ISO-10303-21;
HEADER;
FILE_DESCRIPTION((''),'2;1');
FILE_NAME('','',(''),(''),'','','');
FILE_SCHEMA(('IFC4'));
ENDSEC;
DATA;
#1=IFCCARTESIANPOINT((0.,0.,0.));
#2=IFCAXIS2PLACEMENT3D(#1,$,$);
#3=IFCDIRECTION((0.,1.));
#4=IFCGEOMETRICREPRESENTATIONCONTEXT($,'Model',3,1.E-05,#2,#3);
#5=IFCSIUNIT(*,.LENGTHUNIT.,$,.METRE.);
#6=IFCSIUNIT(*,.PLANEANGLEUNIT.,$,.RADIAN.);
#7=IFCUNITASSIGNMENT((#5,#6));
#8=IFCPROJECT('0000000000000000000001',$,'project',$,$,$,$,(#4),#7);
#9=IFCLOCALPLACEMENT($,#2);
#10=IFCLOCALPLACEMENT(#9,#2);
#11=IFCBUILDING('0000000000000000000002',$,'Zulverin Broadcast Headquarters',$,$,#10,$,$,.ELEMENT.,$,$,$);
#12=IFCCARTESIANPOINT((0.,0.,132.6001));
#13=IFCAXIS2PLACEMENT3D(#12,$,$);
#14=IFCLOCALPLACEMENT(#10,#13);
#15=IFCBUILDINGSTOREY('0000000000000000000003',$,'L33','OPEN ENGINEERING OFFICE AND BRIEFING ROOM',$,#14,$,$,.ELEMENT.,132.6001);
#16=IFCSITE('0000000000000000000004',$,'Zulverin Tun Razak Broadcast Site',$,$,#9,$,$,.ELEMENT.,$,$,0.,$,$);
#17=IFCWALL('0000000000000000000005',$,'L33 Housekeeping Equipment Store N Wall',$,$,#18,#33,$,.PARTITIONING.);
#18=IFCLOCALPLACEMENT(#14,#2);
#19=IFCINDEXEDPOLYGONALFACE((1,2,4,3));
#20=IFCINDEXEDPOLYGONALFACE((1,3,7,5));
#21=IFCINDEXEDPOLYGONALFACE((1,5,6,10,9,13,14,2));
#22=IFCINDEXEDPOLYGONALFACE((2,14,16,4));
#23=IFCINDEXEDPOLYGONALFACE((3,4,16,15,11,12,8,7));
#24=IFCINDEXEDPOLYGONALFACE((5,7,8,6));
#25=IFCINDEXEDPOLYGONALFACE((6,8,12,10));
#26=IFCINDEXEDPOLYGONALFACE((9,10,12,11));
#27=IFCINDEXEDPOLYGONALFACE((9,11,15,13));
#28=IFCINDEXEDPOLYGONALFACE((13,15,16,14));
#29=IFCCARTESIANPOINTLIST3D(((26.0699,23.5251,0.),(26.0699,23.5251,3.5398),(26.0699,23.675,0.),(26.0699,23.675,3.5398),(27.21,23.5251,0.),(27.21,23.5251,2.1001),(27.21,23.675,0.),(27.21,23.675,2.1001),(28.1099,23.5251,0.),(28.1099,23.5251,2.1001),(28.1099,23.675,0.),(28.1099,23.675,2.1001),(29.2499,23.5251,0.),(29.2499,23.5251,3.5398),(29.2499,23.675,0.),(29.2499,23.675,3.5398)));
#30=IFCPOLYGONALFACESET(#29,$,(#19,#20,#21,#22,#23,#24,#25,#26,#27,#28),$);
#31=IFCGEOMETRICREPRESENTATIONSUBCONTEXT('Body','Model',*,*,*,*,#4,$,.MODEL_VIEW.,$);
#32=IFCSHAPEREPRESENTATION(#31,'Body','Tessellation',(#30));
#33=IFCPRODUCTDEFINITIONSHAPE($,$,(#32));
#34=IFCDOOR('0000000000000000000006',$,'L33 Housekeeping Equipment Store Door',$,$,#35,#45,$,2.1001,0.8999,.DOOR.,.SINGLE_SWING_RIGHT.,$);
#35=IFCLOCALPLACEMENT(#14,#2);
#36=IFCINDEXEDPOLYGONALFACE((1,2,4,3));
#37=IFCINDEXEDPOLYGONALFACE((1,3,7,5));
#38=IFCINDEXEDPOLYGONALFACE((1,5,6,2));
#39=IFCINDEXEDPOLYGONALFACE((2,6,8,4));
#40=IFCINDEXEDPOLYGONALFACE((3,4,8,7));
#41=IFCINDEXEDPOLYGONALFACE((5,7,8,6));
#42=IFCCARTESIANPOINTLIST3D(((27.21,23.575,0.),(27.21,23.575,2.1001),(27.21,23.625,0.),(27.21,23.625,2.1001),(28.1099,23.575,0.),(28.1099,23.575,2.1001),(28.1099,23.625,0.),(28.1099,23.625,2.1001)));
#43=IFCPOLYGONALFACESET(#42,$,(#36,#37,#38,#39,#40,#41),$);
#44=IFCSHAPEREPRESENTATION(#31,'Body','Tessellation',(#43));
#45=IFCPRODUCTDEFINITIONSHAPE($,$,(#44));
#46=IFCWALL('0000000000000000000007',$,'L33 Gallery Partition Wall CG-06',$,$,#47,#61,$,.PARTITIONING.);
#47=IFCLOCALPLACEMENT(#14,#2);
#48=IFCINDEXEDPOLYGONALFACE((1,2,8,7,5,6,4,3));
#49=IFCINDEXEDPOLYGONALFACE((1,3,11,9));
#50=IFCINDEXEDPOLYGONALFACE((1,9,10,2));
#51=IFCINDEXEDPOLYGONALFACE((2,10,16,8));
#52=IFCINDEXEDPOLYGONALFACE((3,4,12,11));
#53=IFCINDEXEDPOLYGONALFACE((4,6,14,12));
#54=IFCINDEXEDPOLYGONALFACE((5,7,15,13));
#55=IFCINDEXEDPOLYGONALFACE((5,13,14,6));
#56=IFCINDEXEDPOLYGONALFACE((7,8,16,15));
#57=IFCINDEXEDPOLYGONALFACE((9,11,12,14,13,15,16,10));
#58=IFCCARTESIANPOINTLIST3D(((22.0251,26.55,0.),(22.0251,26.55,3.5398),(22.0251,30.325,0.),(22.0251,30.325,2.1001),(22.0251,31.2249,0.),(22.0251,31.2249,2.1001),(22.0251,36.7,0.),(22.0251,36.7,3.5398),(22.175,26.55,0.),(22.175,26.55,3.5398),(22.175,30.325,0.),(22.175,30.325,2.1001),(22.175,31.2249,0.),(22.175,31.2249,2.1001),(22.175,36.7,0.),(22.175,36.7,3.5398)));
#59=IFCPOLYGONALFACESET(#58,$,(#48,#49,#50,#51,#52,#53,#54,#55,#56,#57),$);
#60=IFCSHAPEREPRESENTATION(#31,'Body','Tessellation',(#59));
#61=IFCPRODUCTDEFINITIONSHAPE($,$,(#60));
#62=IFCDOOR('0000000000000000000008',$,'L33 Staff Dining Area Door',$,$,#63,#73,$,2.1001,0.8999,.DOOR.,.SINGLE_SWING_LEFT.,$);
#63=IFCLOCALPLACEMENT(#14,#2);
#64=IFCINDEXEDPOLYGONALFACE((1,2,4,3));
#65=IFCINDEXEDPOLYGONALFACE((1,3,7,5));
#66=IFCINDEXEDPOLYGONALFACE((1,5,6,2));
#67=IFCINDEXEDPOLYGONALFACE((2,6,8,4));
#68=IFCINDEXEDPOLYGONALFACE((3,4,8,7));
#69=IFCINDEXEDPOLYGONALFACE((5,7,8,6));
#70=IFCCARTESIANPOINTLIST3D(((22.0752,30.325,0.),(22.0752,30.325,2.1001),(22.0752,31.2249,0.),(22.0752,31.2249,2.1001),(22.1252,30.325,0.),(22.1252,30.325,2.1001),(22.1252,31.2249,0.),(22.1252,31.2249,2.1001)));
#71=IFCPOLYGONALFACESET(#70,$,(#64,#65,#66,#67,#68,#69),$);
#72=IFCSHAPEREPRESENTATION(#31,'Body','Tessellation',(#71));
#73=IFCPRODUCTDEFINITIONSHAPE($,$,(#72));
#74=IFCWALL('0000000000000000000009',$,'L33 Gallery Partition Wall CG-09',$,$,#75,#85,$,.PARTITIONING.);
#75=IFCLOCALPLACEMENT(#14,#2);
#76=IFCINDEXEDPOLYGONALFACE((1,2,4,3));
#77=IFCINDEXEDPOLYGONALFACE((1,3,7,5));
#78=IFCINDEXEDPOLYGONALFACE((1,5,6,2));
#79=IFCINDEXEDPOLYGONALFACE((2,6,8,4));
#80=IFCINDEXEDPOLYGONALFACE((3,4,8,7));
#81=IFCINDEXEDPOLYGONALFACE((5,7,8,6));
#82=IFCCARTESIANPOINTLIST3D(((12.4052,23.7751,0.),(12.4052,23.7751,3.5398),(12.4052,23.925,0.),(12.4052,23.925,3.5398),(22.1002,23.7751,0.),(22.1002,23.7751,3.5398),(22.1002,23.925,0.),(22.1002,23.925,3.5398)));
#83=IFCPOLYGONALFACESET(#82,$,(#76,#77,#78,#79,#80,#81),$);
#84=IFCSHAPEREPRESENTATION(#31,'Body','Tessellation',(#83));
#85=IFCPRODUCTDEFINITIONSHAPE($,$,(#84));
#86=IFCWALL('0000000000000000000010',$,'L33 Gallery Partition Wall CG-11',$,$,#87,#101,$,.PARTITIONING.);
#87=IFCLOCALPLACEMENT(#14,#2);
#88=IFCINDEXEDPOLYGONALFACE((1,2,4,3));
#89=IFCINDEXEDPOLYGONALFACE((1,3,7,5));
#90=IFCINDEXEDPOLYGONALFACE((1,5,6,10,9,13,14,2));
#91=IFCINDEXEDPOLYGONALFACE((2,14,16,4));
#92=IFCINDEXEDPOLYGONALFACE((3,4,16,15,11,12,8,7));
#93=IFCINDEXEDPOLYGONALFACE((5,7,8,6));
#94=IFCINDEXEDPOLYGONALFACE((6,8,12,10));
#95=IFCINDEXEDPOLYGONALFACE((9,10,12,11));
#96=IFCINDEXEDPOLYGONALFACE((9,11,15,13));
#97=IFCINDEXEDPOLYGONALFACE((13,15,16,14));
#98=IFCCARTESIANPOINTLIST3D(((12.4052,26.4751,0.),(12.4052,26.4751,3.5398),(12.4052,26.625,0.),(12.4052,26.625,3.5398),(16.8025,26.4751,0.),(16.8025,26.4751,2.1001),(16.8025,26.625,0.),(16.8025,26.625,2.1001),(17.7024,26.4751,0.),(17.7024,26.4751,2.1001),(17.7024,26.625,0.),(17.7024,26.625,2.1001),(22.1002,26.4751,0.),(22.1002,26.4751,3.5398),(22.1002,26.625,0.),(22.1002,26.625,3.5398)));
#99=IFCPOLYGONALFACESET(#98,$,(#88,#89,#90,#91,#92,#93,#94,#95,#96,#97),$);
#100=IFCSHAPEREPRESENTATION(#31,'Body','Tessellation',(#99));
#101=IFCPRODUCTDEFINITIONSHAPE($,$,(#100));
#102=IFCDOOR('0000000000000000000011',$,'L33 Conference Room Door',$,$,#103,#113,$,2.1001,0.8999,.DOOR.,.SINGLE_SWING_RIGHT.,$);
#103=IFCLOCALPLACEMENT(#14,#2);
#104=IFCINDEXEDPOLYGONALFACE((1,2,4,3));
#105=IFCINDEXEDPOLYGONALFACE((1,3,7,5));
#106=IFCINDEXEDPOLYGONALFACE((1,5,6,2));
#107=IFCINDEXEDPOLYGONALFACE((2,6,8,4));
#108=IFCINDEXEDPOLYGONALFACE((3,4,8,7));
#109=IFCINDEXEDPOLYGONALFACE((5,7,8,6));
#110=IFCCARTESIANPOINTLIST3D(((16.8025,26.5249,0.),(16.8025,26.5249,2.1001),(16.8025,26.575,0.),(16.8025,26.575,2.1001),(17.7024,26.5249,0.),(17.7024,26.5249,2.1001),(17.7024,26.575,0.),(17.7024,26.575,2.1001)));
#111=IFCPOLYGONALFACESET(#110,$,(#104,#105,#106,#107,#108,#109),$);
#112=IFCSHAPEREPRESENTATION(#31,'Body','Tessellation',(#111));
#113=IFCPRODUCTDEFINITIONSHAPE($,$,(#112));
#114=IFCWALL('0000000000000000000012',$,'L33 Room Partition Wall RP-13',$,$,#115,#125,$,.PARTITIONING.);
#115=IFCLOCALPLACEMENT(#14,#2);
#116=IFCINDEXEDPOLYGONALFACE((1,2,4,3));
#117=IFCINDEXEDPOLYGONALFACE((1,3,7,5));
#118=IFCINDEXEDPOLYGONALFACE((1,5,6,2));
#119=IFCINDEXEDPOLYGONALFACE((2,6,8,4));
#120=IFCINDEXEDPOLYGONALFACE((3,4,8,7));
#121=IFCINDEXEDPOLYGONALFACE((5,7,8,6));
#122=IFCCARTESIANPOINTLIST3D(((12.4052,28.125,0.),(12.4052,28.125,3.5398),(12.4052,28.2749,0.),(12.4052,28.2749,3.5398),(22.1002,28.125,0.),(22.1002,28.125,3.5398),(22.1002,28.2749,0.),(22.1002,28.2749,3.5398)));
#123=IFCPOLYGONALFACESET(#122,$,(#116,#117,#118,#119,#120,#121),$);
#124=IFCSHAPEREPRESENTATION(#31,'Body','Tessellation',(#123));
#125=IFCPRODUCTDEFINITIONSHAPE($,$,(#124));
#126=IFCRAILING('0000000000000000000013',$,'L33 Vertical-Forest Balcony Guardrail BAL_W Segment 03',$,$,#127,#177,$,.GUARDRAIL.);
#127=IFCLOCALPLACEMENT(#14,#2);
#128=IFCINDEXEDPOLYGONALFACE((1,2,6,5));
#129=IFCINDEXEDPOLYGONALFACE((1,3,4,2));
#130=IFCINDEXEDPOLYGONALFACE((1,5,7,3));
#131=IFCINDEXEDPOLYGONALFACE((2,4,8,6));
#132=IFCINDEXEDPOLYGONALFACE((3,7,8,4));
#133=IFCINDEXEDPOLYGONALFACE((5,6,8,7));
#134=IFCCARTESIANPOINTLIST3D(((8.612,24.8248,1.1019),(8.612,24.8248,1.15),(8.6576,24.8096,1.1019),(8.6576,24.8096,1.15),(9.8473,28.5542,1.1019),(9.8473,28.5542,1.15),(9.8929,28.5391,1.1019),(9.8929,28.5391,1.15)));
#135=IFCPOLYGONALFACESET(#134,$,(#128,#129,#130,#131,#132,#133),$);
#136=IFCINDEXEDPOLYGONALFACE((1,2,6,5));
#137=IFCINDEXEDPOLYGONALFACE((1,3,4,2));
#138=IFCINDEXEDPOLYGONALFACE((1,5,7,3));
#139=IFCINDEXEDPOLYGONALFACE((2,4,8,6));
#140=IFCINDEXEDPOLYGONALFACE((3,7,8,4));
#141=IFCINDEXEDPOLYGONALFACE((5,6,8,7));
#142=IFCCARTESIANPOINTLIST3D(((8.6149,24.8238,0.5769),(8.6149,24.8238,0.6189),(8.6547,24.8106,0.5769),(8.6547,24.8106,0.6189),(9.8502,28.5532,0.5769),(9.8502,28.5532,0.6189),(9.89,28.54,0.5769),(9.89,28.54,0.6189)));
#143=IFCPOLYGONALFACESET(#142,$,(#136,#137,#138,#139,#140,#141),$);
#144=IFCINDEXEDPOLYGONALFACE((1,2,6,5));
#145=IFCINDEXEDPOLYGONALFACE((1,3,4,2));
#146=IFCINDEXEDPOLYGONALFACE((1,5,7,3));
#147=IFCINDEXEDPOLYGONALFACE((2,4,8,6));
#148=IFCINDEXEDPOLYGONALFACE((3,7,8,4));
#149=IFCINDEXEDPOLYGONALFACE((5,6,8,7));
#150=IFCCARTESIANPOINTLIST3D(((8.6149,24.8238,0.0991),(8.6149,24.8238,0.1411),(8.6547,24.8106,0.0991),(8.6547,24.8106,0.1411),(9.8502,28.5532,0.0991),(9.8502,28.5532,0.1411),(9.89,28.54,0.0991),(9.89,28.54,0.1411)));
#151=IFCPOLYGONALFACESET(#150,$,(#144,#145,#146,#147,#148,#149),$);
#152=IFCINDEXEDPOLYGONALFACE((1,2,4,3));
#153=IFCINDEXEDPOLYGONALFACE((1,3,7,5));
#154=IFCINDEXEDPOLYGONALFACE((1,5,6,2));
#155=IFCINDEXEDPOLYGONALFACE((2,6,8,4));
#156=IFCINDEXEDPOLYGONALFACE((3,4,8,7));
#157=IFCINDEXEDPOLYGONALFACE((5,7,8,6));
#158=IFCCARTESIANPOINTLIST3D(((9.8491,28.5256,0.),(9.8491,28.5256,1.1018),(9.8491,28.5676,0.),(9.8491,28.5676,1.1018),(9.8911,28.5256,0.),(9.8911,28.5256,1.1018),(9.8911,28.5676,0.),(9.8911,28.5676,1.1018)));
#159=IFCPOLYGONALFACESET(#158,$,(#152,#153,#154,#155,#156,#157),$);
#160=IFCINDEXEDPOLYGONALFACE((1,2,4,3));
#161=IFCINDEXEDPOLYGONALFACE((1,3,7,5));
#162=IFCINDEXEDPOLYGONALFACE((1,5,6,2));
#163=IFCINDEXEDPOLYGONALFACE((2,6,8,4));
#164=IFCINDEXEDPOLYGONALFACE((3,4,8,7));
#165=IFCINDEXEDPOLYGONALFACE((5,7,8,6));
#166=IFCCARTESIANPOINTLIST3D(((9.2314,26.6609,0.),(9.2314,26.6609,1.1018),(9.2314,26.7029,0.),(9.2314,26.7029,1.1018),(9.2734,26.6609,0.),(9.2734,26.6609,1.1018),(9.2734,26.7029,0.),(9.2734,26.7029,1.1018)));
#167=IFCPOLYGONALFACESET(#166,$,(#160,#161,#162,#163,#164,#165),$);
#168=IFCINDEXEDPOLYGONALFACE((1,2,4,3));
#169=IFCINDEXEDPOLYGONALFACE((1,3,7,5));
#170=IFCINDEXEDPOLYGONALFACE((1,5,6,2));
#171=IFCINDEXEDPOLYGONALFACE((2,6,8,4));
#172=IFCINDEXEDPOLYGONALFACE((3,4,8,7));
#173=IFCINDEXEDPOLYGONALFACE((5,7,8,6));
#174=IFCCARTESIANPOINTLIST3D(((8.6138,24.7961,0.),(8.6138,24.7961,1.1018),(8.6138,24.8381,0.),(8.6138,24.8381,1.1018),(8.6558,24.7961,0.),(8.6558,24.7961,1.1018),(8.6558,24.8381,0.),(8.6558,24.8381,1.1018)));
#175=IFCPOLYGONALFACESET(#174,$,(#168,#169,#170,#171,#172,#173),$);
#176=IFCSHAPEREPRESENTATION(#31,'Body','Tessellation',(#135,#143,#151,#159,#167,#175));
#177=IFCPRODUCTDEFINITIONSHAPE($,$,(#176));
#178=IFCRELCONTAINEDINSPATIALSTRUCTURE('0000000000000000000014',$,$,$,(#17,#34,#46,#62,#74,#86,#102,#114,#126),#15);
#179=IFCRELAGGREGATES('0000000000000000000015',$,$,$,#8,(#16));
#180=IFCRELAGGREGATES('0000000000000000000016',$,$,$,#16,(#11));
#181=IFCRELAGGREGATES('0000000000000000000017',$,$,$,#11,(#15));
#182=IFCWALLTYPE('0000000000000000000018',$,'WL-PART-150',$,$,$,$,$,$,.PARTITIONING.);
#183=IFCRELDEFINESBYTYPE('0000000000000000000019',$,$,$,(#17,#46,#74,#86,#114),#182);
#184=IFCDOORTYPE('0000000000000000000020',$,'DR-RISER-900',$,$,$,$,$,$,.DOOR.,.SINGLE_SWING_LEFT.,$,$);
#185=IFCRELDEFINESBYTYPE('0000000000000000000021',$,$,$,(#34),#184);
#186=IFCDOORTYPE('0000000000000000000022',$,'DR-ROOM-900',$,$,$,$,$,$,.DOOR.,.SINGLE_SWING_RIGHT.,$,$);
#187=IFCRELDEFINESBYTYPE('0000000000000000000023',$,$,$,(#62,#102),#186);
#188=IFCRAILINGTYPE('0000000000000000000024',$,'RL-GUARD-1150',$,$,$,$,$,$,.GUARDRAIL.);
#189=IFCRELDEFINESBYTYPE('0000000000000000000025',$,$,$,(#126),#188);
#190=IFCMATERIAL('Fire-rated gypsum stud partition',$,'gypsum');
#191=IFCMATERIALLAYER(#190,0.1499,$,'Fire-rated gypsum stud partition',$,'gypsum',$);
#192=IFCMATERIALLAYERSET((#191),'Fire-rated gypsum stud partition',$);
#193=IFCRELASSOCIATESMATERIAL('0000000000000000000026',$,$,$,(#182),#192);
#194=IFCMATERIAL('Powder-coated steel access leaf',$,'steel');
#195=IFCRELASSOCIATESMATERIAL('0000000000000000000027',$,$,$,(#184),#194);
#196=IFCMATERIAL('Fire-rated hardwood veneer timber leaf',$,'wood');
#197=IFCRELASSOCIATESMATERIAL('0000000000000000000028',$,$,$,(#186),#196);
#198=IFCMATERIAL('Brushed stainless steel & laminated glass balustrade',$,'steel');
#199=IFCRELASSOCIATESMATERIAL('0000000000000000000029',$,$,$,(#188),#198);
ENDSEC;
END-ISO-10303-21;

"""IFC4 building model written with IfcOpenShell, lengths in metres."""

from ifc_helpers import new_model, si_unit, direction, frame, frame_2d, origin, origin_2d, place, context, subcontext, project, spatial, rectangle, extrude, material, layer, layer_set, type_object, element, fill, save


model = new_model("IFC4")

# Units and contexts
model_context = context("Model", 3, precision=1e-05, world=origin(), true_north=direction((0.0, 1.0)))
body_context = subcontext(model_context, "Body", "Model", "MODEL_VIEW")
ifc_project = project(units=[si_unit("LENGTHUNIT", "METRE"), si_unit("PLANEANGLEUNIT", "RADIAN")], contexts=[model_context])

# Site, building, storey
site_placement = place(None, origin())
site = spatial("IfcSite", under=ifc_project, at=site_placement, Name="Zulverin Tun Razak Broadcast Site", CompositionType="ELEMENT", RefElevation=0.0)
building_placement = place(site_placement, origin())
building = spatial("IfcBuilding", under=site, at=building_placement, Name="Zulverin Broadcast Headquarters", CompositionType="ELEMENT")
storey_placement = place(building_placement, frame((0.0, 0.0, 132.6001)))
storey = spatial("IfcBuildingStorey", under=building, at=storey_placement, Name="L33", Description="OPEN ENGINEERING OFFICE AND BRIEFING ROOM", CompositionType="ELEMENT", Elevation=132.6001)

# Shared definitions
ifc_material_1 = material(Name="Fire-rated gypsum stud partition", Category="gypsum")
ifc_layer_1 = layer(ifc_material_1, 0.1499, Name="Fire-rated gypsum stud partition", Category="gypsum")
ifc_layer_set_1 = layer_set([ifc_layer_1], Name="Fire-rated gypsum stud partition")
wall_type = type_object("IfcWallType", Name="WL-PART-150", PredefinedType="PARTITIONING", material=ifc_layer_set_1)

# Shared definitions
ifc_material_2 = material(Name="Powder-coated steel access leaf", Category="steel")
door_type_1 = type_object("IfcDoorType", Name="DR-RISER-900", OperationType="SINGLE_SWING_LEFT", PredefinedType="DOOR", material=ifc_material_2)

# Walls, openings, doors
wall_1_placement = place(storey_placement, frame((26.0701, 23.6001, 0.0), z_axis=(0.0, 0.0, 1.0), x_axis=(1.0, 0.0, 0.0)))
wall_1 = element("IfcWall", 1, at=wall_1_placement, inside=storey, type_object=wall_type, Name="L33 Housekeeping Equipment Store N Wall", PredefinedType="PARTITIONING", context=body_context, shape_type="SweptSolid", body=[
    extrude(rectangle(XDim=3.1799, YDim=0.1499, at=frame_2d((1.5898, 0.0))), origin(), (0.0, 0.0, 1.0), 3.5398),
])
opening_1_placement = place(wall_1_placement, frame((1.1399, 0.0, 0.0)))
opening_1 = element("IfcOpeningElement", 2, at=opening_1_placement, cuts=wall_1, PredefinedType="OPENING", context=body_context, shape_type="SweptSolid", body=[
    extrude(rectangle(XDim=0.8999, YDim=2.1001, at=frame_2d((0.45, 1.05))), frame((0.0, 0.085, 0.0), z_axis=(0.0, -1.0, 0.0), x_axis=(1.0, 0.0, 0.0)), (0.0, 0.0, 1.0), 0.1699),
])
door_1_placement = place(opening_1_placement, origin())
door_1 = element("IfcDoor", 3, at=door_1_placement, inside=storey, type_object=door_type_1, Name="L33 Housekeeping Equipment Store Door", OperationType="SINGLE_SWING_RIGHT", OverallHeight=2.1001, OverallWidth=0.8999, PredefinedType="DOOR", context=body_context, shape_type="SweptSolid", body=[
    extrude(rectangle(XDim=0.8999, YDim=2.1001, at=frame_2d((0.45, 1.05))), frame((0.0, 0.0249, 0.0), z_axis=(0.0, -1.0, 0.0), x_axis=(1.0, 0.0, 0.0)), (0.0, 0.0, 1.0), 0.05),
])
fill(opening_1, door_1)
wall_2_placement = place(storey_placement, frame((22.1001, 26.55, 0.0), z_axis=(0.0, 0.0, 1.0), x_axis=(0.0, 1.0, 0.0)))
wall_2 = element("IfcWall", 4, at=wall_2_placement, inside=storey, type_object=wall_type, Name="L33 Gallery Partition Wall CG-06", PredefinedType="PARTITIONING", context=body_context, shape_type="SweptSolid", body=[
    extrude(rectangle(XDim=10.1499, YDim=0.1499, at=frame_2d((5.075, 0.0))), origin(), (0.0, 0.0, 1.0), 3.5398),
])
opening_2_placement = place(wall_2_placement, frame((3.7749, 0.0, 0.0)))
opening_2 = element("IfcOpeningElement", 5, at=opening_2_placement, cuts=wall_2, PredefinedType="OPENING", context=body_context, shape_type="SweptSolid", body=[
    extrude(rectangle(XDim=0.8999, YDim=2.1001, at=frame_2d((0.45, 1.05))), frame((0.0, 0.085, 0.0), z_axis=(0.0, -1.0, 0.0), x_axis=(1.0, 0.0, 0.0)), (0.0, 0.0, 1.0), 0.1699),
])
ifc_material_3 = material(Name="Fire-rated hardwood veneer timber leaf", Category="wood")
door_type_2 = type_object("IfcDoorType", Name="DR-ROOM-900", OperationType="SINGLE_SWING_RIGHT", PredefinedType="DOOR", material=ifc_material_3)
door_2_placement = place(opening_2_placement, origin())
door_2 = element("IfcDoor", 6, at=door_2_placement, inside=storey, type_object=door_type_2, Name="L33 Staff Dining Area Door", OperationType="SINGLE_SWING_LEFT", OverallHeight=2.1001, OverallWidth=0.8999, PredefinedType="DOOR", context=body_context, shape_type="SweptSolid", body=[
    extrude(rectangle(XDim=0.8999, YDim=2.1001, at=frame_2d((0.45, 1.05))), frame((0.0, 0.0249, 0.0), z_axis=(0.0, -1.0, 0.0), x_axis=(1.0, 0.0, 0.0)), (0.0, 0.0, 1.0), 0.05),
])
fill(opening_2, door_2)

# Wall
wall_3_placement = place(storey_placement, frame((12.405, 23.8501, 0.0), z_axis=(0.0, 0.0, 1.0), x_axis=(1.0, 0.0, 0.0)))
element("IfcWall", 7, at=wall_3_placement, inside=storey, type_object=wall_type, Name="L33 Gallery Partition Wall CG-09", PredefinedType="PARTITIONING", context=body_context, shape_type="SweptSolid", body=[
    extrude(rectangle(XDim=9.6951, YDim=0.1499, at=frame_2d((4.8477, 0.0))), origin(), (0.0, 0.0, 1.0), 3.5398),
])

# Wall, opening, door
wall_4_placement = place(storey_placement, frame((12.405, 26.55, 0.0), z_axis=(0.0, 0.0, 1.0), x_axis=(1.0, 0.0, 0.0)))
wall_4 = element("IfcWall", 8, at=wall_4_placement, inside=storey, type_object=wall_type, Name="L33 Gallery Partition Wall CG-11", PredefinedType="PARTITIONING", context=body_context, shape_type="SweptSolid", body=[
    extrude(rectangle(XDim=9.6951, YDim=0.1499, at=frame_2d((4.8477, 0.0))), origin(), (0.0, 0.0, 1.0), 3.5398),
])
opening_3_placement = place(wall_4_placement, frame((4.3975, 0.0, 0.0)))
opening_3 = element("IfcOpeningElement", 9, at=opening_3_placement, cuts=wall_4, PredefinedType="OPENING", context=body_context, shape_type="SweptSolid", body=[
    extrude(rectangle(XDim=0.8999, YDim=2.1001, at=frame_2d((0.45, 1.05))), frame((0.0, 0.085, 0.0), z_axis=(0.0, -1.0, 0.0), x_axis=(1.0, 0.0, 0.0)), (0.0, 0.0, 1.0), 0.1699),
])
door_3_placement = place(opening_3_placement, origin())
door_3 = element("IfcDoor", 10, at=door_3_placement, inside=storey, type_object=door_type_2, Name="L33 Conference Room Door", OperationType="SINGLE_SWING_RIGHT", OverallHeight=2.1001, OverallWidth=0.8999, PredefinedType="DOOR", context=body_context, shape_type="SweptSolid", body=[
    extrude(rectangle(XDim=0.8999, YDim=2.1001, at=frame_2d((0.45, 1.05))), frame((0.0, 0.0249, 0.0), z_axis=(0.0, -1.0, 0.0), x_axis=(1.0, 0.0, 0.0)), (0.0, 0.0, 1.0), 0.05),
])
fill(opening_3, door_3)

# Wall
wall_5_placement = place(storey_placement, frame((12.405, 28.2, 0.0), z_axis=(0.0, 0.0, 1.0), x_axis=(1.0, 0.0, 0.0)))
element("IfcWall", 11, at=wall_5_placement, inside=storey, type_object=wall_type, Name="L33 Room Partition Wall RP-13", PredefinedType="PARTITIONING", context=body_context, shape_type="SweptSolid", body=[
    extrude(rectangle(XDim=9.6951, YDim=0.1499, at=frame_2d((4.8477, 0.0))), origin(), (0.0, 0.0, 1.0), 3.5398),
])

# Railing
ifc_material_4 = material(Name="Brushed stainless steel & laminated glass balustrade", Category="steel")
railing_type = type_object("IfcRailingType", Name="RL-GUARD-1150", PredefinedType="GUARDRAIL", material=ifc_material_4)
railing_1_placement = place(storey_placement, frame((9.8701, 28.5466, 0.0)))
element("IfcRailing", 12, at=railing_1_placement, inside=storey, type_object=railing_type, Name="L33 Vertical-Forest Balcony Guardrail BAL_W Segment 03", PredefinedType="GUARDRAIL", context=body_context, shape_type="SweptSolid", body=[
    extrude(rectangle(XDim=0.0481, YDim=0.0481, at=origin_2d()), frame((0.0, 0.0, 1.126), z_axis=(-0.314438, -0.949278, 0.0), x_axis=(0.949278, -0.314438, 0.0)), (0.0, 0.0, 1.0), 3.9287),
    extrude(rectangle(XDim=0.042, YDim=0.042, at=origin_2d()), frame((0.0, 0.0, 0.5979), z_axis=(-0.314438, -0.949278, 0.0), x_axis=(0.949278, -0.314438, 0.0)), (0.0, 0.0, 1.0), 3.9287),
    extrude(rectangle(XDim=0.042, YDim=0.042, at=origin_2d()), frame((0.0, 0.0, 0.1201), z_axis=(-0.314438, -0.949278, 0.0), x_axis=(0.949278, -0.314438, 0.0)), (0.0, 0.0, 1.0), 3.9287),
    extrude(rectangle(XDim=0.042, YDim=0.042, at=origin_2d()), origin(), (0.0, 0.0, 1.0), 1.1018),
    extrude(rectangle(XDim=0.042, YDim=0.042, at=origin_2d()), frame((-0.6177, -1.8647, 0.0)), (0.0, 0.0, 1.0), 1.1018),
    extrude(rectangle(XDim=0.042, YDim=0.042, at=origin_2d()), frame((-1.2354, -3.7295, 0.0)), (0.0, 0.0, 1.0), 1.1018),
])

save(model, "model.ifc")
